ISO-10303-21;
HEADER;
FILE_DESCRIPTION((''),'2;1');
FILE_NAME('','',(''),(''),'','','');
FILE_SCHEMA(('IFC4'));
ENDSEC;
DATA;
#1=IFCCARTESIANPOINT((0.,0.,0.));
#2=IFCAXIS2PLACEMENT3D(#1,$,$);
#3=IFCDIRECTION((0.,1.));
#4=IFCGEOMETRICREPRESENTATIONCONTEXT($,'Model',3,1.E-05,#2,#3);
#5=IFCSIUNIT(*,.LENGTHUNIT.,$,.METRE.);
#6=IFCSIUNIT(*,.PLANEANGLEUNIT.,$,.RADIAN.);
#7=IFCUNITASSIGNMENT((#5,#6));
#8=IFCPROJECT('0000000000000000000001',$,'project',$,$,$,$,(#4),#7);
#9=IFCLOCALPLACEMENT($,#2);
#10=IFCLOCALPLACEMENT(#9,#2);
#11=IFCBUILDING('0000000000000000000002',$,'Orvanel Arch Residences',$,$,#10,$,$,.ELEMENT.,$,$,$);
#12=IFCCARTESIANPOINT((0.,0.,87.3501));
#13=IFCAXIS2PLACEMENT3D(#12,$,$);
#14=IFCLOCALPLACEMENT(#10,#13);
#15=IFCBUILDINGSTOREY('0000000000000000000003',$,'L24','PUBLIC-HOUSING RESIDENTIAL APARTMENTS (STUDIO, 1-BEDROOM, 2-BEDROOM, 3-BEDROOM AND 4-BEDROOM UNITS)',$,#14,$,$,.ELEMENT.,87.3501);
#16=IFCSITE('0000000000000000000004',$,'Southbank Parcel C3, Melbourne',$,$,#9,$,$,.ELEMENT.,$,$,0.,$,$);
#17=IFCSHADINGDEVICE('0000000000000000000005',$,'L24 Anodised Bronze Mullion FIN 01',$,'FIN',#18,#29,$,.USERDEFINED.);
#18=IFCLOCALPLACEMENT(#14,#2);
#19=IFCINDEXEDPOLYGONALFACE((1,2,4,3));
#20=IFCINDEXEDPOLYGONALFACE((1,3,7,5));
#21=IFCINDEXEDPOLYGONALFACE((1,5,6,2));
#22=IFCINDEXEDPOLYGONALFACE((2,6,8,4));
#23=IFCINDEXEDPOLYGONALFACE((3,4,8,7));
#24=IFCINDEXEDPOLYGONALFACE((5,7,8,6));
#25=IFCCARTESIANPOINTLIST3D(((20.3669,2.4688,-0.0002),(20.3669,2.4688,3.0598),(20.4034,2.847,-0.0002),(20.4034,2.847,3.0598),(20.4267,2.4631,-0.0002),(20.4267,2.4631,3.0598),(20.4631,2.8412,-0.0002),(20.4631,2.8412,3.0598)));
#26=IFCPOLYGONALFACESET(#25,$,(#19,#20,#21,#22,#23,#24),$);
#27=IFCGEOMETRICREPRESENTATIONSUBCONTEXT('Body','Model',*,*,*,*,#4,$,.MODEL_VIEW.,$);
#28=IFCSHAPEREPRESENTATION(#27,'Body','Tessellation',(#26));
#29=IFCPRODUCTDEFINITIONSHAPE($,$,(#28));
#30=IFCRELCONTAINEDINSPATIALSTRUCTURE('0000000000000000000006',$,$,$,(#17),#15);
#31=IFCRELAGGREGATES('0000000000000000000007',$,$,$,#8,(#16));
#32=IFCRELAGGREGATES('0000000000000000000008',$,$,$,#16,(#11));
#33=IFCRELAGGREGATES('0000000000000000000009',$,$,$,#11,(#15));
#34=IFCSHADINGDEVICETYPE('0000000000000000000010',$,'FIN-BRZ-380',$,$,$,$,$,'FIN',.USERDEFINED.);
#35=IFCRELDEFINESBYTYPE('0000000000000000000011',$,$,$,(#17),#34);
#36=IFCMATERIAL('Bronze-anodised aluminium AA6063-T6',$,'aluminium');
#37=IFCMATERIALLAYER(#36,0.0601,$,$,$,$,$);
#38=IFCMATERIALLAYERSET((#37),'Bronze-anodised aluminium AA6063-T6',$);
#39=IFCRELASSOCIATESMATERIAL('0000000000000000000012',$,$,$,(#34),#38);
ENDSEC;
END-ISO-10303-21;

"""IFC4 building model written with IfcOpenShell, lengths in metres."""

from ifc_helpers import new_model, si_unit, direction, frame, origin, origin_2d, place, context, subcontext, project, spatial, rectangle, extrude, material, layer, layer_set, type_object, element, save


model = new_model("IFC4")

# Units and contexts
model_context = context("Model", 3, precision=1e-05, world=origin(), true_north=direction((0.0, 1.0)))
body_context = subcontext(model_context, "Body", "Model", "MODEL_VIEW")
ifc_project = project(units=[si_unit("LENGTHUNIT", "METRE"), si_unit("PLANEANGLEUNIT", "RADIAN")], contexts=[model_context])

# Site, building, storey
site_placement = place(None, origin())
site = spatial("IfcSite", under=ifc_project, at=site_placement, Name="Southbank Parcel C3, Melbourne", CompositionType="ELEMENT", RefElevation=0.0)
building_placement = place(site_placement, origin())
building = spatial("IfcBuilding", under=site, at=building_placement, Name="Orvanel Arch Residences", CompositionType="ELEMENT")
storey_placement = place(building_placement, frame((0.0, 0.0, 87.3501)))
storey = spatial("IfcBuildingStorey", under=building, at=storey_placement, Name="L24", Description="PUBLIC-HOUSING RESIDENTIAL APARTMENTS (STUDIO, 1-BEDROOM, 2-BEDROOM, 3-BEDROOM AND 4-BEDROOM UNITS)", CompositionType="ELEMENT", Elevation=87.3501)

# Shared definitions
ifc_material_1 = material(Name="Bronze-anodised aluminium AA6063-T6", Category="aluminium")

# Shading device
ifc_layer_1 = layer(ifc_material_1, 0.0601)
ifc_layer_set_1 = layer_set([ifc_layer_1], Name="Bronze-anodised aluminium AA6063-T6")
shading_device_type = type_object("IfcShadingDeviceType", Name="FIN-BRZ-380", ElementType="FIN", PredefinedType="USERDEFINED", material=ifc_layer_set_1)
shading_device_placement = place(storey_placement, frame((20.415, 2.655, -0.0002), z_axis=(0.0, 0.0, 1.0), x_axis=(-0.095846, -0.995396, 0.0)))
element("IfcShadingDevice", 1, at=shading_device_placement, inside=storey, type_object=shading_device_type, Name="L24 Anodised Bronze Mullion FIN 01", ObjectType="FIN", PredefinedType="USERDEFINED", context=body_context, shape_type="SweptSolid", body=[
    extrude(rectangle(XDim=0.3799, YDim=0.0601, at=origin_2d()), origin(), (0.0, 0.0, 1.0), 3.0601),
])

save(model, "model.ifc")
